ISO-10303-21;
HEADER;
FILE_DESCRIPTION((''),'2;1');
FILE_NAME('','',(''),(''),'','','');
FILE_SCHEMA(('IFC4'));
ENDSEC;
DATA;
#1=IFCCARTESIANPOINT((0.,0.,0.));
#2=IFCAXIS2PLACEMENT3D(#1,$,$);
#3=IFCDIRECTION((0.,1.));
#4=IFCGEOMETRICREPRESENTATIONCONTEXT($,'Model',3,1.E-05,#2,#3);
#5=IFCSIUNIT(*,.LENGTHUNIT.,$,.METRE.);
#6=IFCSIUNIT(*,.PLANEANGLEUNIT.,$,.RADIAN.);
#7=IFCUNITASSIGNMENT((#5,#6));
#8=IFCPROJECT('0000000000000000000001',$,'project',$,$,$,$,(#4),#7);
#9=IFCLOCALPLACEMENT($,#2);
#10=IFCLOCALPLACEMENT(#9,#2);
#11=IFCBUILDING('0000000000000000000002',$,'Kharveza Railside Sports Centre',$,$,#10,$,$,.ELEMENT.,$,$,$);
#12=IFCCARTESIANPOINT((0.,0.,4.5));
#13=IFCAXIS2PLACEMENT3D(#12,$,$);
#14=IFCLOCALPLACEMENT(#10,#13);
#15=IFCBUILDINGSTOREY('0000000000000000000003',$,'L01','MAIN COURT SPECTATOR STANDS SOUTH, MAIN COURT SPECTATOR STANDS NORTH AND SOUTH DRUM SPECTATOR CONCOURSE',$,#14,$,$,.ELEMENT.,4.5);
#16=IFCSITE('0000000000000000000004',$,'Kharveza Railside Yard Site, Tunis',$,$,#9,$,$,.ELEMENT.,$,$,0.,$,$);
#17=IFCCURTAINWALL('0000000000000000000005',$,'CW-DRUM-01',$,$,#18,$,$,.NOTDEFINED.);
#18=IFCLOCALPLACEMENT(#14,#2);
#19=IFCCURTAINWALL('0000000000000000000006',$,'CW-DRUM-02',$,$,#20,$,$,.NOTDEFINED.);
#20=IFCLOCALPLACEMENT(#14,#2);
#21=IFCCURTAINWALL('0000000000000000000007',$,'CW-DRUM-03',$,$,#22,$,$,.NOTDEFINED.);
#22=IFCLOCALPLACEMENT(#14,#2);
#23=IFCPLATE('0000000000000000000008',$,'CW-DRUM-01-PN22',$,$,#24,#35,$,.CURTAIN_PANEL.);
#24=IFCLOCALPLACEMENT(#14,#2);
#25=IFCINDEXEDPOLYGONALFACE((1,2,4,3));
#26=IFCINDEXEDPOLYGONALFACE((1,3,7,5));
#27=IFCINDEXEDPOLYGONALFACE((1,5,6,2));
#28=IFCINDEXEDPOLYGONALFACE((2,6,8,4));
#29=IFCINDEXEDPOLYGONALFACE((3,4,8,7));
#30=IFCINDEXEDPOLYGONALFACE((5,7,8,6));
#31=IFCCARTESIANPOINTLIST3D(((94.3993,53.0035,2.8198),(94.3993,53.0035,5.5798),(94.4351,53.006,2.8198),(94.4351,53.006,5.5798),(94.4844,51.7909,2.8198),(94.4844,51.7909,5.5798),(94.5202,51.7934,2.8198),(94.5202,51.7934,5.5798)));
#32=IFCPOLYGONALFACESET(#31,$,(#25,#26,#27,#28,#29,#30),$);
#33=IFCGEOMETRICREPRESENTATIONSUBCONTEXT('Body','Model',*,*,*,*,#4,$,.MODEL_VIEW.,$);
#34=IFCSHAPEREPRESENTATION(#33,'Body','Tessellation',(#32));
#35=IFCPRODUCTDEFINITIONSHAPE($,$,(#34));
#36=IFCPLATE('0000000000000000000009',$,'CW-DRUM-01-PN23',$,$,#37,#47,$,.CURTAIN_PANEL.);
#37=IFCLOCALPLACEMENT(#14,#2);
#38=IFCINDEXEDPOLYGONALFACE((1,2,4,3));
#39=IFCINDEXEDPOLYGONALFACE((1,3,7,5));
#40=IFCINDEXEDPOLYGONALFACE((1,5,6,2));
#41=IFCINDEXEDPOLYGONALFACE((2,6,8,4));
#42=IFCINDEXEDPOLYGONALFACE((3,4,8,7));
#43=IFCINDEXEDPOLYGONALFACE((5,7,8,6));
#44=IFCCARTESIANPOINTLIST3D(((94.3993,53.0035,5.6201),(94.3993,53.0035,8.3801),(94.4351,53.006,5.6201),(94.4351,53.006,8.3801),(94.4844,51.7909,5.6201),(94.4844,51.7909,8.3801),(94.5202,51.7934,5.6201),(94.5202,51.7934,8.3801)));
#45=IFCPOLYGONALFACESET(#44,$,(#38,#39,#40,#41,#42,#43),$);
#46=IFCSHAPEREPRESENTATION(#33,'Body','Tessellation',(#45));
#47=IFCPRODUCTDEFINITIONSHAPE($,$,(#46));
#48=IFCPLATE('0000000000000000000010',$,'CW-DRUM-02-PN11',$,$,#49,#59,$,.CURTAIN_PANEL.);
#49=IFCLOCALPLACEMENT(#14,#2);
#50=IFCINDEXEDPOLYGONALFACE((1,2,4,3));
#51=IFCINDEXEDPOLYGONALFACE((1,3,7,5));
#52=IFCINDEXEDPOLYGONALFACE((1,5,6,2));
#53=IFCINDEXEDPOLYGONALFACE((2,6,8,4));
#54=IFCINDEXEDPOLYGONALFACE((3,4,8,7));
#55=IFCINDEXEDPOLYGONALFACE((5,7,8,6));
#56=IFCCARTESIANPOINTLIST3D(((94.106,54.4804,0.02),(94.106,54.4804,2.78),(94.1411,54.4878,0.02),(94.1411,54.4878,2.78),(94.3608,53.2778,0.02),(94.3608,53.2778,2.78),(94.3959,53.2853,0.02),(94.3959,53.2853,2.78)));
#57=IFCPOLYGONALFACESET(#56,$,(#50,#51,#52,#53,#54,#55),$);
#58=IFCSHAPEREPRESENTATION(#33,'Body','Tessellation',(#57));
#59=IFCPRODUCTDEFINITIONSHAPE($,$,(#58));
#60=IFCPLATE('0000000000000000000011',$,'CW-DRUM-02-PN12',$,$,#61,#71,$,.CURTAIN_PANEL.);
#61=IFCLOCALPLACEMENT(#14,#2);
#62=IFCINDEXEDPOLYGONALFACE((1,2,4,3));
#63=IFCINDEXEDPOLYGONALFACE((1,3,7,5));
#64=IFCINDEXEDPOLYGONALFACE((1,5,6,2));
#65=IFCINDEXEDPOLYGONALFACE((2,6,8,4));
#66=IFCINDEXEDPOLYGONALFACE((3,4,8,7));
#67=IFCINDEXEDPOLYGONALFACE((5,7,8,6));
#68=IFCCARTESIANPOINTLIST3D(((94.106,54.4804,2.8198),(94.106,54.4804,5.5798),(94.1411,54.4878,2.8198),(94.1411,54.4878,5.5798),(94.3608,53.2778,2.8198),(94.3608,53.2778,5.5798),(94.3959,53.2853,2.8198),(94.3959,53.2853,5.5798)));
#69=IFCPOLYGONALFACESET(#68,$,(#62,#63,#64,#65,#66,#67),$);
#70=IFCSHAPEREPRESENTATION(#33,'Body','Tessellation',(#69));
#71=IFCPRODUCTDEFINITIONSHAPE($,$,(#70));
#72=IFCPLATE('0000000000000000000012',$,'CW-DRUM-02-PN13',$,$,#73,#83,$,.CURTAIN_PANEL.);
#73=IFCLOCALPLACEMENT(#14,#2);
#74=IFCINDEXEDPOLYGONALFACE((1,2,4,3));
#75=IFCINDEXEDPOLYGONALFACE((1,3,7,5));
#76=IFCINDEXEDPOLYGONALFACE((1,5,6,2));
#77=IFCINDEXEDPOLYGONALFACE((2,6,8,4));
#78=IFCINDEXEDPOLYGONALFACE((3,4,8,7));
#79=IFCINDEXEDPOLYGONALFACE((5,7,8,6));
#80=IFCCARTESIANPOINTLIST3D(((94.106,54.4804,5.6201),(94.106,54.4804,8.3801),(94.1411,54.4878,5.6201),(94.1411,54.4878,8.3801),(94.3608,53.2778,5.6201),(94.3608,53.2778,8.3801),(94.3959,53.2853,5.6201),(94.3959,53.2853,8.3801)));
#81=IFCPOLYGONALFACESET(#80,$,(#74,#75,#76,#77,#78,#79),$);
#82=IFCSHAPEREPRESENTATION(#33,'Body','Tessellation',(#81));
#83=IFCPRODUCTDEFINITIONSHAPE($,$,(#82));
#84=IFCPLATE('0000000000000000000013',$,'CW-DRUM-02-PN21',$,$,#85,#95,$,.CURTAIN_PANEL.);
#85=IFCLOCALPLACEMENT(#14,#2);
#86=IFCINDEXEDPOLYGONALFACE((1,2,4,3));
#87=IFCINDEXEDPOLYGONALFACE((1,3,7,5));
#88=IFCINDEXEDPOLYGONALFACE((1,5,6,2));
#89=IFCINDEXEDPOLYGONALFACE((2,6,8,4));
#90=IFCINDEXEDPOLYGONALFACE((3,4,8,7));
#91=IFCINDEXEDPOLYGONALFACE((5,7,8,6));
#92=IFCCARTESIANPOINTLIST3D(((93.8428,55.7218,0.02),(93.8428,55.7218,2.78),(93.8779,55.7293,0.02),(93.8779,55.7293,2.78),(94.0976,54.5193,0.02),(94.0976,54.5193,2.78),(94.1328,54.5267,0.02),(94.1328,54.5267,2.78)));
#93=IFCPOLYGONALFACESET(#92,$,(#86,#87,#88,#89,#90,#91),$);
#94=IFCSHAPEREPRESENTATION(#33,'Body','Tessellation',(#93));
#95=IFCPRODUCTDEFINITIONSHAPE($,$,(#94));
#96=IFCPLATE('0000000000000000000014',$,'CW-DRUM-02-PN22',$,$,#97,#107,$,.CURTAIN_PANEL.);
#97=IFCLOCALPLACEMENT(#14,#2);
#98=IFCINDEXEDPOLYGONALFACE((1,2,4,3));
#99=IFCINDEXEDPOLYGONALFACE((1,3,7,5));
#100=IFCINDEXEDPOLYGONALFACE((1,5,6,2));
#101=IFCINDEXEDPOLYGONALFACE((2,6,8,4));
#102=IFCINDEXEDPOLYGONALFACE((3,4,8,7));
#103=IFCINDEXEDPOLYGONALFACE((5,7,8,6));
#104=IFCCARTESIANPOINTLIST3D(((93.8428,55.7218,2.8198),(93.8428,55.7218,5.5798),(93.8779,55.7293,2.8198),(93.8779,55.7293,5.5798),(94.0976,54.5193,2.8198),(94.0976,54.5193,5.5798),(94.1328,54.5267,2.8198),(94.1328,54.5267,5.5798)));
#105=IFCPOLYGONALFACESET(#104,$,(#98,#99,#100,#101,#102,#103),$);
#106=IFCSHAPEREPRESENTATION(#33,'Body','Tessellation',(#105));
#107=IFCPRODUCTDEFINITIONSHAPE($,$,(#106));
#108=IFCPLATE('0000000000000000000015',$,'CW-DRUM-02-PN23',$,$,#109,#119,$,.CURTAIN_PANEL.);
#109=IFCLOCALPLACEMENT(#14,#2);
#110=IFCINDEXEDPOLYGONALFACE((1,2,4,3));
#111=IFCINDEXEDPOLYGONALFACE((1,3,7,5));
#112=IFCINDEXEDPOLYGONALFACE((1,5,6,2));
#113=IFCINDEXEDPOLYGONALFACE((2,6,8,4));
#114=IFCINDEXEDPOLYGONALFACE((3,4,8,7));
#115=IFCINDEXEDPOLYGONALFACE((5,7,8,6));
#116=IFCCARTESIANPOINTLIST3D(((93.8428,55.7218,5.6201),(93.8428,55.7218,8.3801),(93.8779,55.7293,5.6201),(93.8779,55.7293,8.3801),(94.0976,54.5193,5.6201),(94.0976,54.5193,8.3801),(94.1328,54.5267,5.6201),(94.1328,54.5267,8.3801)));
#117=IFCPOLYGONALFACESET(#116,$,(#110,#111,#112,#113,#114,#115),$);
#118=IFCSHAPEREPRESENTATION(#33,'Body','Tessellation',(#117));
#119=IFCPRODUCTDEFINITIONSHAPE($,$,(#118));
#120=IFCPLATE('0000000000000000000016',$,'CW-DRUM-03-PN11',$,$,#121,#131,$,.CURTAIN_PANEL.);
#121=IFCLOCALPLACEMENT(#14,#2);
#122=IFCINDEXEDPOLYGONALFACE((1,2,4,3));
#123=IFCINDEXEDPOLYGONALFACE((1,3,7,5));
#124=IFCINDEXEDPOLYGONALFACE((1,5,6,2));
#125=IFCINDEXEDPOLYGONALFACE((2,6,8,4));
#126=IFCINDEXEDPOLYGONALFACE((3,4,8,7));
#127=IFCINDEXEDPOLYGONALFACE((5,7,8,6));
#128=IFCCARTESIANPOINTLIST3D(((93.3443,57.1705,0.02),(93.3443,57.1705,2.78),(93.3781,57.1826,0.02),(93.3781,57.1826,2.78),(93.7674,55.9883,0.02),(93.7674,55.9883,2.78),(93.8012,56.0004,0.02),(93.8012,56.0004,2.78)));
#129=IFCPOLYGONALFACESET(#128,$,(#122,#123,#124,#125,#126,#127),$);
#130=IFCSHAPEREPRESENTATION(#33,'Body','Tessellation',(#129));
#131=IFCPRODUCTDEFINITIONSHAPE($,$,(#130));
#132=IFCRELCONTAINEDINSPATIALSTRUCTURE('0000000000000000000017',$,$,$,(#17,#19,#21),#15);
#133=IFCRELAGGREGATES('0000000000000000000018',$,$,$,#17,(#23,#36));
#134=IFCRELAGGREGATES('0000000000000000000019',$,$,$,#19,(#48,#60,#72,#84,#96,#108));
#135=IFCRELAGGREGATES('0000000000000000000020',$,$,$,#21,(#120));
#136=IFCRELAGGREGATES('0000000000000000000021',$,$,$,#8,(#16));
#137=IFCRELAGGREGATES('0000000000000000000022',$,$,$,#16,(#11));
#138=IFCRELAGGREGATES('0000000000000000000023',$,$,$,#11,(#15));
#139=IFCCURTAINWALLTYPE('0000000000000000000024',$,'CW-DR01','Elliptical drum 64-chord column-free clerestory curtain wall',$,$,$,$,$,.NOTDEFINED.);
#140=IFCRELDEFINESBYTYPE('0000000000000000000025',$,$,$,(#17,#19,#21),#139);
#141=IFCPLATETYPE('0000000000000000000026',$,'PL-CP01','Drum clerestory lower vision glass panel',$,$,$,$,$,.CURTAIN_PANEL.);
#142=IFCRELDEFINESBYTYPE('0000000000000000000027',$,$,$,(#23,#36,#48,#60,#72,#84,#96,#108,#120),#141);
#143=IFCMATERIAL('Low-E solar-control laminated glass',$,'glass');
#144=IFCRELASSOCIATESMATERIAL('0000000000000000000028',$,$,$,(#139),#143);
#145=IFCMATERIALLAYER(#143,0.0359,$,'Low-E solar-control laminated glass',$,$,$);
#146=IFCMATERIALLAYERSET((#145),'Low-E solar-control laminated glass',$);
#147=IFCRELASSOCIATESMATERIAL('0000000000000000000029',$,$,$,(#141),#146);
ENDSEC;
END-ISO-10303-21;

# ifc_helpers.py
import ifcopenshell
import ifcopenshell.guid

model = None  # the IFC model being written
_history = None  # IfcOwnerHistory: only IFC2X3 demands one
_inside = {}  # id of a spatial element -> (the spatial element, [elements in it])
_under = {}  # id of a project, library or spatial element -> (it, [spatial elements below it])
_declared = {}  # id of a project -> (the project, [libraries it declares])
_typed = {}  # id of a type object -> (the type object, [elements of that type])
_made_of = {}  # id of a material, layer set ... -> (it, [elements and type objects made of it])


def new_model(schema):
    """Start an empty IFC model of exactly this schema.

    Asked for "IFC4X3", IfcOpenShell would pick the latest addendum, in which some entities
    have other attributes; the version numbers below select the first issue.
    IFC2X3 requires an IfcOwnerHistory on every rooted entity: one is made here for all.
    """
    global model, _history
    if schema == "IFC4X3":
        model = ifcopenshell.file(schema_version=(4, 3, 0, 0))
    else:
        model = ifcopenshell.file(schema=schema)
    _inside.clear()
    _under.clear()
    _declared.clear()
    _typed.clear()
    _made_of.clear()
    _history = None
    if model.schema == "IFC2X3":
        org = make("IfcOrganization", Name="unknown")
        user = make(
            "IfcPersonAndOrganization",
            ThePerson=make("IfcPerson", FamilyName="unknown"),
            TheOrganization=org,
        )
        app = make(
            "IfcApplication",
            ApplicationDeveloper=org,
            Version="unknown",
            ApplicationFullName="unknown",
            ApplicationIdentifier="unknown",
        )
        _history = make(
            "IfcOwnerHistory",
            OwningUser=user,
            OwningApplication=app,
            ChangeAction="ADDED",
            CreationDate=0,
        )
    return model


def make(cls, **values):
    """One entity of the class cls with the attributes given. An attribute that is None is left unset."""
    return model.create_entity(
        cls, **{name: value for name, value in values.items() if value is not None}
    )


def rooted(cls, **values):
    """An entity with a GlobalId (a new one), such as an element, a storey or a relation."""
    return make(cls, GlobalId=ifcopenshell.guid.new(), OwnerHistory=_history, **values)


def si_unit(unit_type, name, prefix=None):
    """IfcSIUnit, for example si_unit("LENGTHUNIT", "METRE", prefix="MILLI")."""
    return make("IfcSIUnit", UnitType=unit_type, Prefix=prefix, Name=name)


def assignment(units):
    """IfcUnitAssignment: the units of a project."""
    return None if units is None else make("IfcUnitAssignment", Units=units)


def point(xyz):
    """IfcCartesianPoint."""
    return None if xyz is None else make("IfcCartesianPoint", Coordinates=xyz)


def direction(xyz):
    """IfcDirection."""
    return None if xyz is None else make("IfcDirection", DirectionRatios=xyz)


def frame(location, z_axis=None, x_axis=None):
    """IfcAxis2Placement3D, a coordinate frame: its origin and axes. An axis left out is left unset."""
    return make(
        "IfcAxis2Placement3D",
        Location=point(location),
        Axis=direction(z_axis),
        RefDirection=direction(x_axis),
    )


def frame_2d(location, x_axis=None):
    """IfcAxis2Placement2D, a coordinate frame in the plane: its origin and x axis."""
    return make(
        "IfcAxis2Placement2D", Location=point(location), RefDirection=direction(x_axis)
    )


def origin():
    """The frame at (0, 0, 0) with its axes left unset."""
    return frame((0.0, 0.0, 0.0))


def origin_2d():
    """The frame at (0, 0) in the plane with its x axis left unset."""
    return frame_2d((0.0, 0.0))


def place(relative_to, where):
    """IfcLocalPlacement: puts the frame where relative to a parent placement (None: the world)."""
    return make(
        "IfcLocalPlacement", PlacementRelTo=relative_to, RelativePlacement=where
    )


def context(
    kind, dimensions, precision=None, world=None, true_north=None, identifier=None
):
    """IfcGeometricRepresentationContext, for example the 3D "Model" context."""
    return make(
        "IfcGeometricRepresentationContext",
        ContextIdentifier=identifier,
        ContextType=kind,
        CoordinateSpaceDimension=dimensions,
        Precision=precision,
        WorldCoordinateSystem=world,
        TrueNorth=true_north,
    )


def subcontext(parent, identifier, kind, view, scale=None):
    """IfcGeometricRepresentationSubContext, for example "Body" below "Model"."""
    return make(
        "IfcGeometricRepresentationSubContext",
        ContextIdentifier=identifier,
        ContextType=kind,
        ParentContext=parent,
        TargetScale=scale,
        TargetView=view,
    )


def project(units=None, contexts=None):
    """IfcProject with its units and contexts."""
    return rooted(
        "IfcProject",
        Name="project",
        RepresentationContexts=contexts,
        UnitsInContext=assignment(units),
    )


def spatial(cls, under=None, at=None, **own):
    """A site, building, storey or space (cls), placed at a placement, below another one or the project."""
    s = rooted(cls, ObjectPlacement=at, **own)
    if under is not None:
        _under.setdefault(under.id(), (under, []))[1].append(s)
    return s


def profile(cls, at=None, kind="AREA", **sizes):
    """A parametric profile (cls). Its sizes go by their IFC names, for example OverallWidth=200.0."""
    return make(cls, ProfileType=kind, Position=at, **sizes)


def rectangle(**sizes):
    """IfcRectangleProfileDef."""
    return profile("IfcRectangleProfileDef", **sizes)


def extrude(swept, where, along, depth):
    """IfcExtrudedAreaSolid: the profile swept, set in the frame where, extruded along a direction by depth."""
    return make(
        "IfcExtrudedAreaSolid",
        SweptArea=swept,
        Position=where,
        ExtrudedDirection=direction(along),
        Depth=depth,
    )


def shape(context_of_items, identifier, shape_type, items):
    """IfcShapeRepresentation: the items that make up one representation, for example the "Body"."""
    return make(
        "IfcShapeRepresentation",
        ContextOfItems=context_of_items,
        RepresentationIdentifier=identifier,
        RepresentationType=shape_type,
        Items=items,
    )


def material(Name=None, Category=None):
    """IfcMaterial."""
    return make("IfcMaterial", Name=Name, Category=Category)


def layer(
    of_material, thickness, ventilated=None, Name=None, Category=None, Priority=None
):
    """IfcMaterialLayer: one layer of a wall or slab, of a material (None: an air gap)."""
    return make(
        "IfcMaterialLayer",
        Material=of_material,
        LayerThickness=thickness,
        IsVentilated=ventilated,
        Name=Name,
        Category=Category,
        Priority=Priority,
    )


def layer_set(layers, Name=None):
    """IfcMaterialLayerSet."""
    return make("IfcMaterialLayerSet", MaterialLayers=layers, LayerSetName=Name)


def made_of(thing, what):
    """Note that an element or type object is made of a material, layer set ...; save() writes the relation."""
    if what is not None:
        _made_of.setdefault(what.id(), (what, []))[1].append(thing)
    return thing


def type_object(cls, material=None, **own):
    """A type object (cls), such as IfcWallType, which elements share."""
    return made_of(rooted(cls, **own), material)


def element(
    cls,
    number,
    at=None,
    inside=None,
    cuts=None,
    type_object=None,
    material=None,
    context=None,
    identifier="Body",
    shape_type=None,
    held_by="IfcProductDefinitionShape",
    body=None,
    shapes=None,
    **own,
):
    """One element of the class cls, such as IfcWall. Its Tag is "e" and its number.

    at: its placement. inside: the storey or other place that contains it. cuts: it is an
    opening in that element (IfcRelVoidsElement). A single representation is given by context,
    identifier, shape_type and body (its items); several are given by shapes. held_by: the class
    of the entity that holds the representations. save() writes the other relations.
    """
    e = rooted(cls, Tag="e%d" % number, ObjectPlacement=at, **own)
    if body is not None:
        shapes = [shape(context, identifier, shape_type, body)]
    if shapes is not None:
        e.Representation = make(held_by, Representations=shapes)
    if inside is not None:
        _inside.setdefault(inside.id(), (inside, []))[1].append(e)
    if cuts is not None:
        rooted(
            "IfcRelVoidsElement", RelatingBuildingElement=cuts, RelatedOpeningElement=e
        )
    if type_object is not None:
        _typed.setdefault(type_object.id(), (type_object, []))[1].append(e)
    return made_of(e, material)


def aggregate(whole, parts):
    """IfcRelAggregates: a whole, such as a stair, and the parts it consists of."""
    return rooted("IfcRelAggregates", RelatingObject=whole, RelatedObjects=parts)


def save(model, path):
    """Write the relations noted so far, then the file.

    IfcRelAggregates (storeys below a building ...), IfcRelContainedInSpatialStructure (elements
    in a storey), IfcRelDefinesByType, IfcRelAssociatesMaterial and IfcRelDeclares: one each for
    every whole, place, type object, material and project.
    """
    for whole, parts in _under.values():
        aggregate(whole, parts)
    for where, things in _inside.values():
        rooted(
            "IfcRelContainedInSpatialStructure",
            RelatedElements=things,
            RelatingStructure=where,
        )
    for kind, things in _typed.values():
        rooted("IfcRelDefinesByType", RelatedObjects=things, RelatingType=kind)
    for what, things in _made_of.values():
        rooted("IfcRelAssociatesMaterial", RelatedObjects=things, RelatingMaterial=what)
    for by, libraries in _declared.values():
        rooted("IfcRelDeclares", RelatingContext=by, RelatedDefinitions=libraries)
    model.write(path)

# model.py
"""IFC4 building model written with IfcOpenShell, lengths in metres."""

from ifc_helpers import new_model, si_unit, direction, frame, origin, origin_2d, place, context, subcontext, project, spatial, rectangle, extrude, material, layer, layer_set, type_object, element, aggregate, save


model = new_model("IFC4")

# Units and contexts
model_context = context("Model", 3, precision=1e-05, world=origin(), true_north=direction((0.0, 1.0)))
body_context = subcontext(model_context, "Body", "Model", "MODEL_VIEW")
ifc_project = project(units=[si_unit("LENGTHUNIT", "METRE"), si_unit("PLANEANGLEUNIT", "RADIAN")], contexts=[model_context])

# Site, building, storey
site_placement = place(None, origin())
site = spatial("IfcSite", under=ifc_project, at=site_placement, Name="Kharveza Railside Yard Site, Tunis", CompositionType="ELEMENT", RefElevation=0.0)
building_placement = place(site_placement, origin())
building = spatial("IfcBuilding", under=site, at=building_placement, Name="Kharveza Railside Sports Centre", CompositionType="ELEMENT")
storey_placement = place(building_placement, frame((0.0, 0.0, 4.5)))
storey = spatial("IfcBuildingStorey", under=building, at=storey_placement, Name="L01", Description="MAIN COURT SPECTATOR STANDS SOUTH, MAIN COURT SPECTATOR STANDS NORTH AND SOUTH DRUM SPECTATOR CONCOURSE", CompositionType="ELEMENT", Elevation=4.5)

# Curtain walls
ifc_material_1 = material(Name="Low-E solar-control laminated glass", Category="glass")
curtain_wall_type = type_object("IfcCurtainWallType", Name="CW-DR01", Description="Elliptical drum 64-chord column-free clerestory curtain wall", PredefinedType="NOTDEFINED", material=ifc_material_1)
curtain_wall_1_placement = place(storey_placement, origin())
curtain_wall_1 = element("IfcCurtainWall", 1, at=curtain_wall_1_placement, inside=storey, type_object=curtain_wall_type, Name="CW-DRUM-01", PredefinedType="NOTDEFINED")
curtain_wall_2_placement = place(storey_placement, origin())
curtain_wall_2 = element("IfcCurtainWall", 2, at=curtain_wall_2_placement, inside=storey, type_object=curtain_wall_type, Name="CW-DRUM-02", PredefinedType="NOTDEFINED")

# Curtain wall
curtain_wall_3_placement = place(storey_placement, origin())
curtain_wall_3 = element("IfcCurtainWall", 3, at=curtain_wall_3_placement, inside=storey, type_object=curtain_wall_type, Name="CW-DRUM-03", PredefinedType="NOTDEFINED")

# Plates
ifc_layer = layer(ifc_material_1, 0.0359, Name="Low-E solar-control laminated glass")
ifc_layer_set = layer_set([ifc_layer], Name="Low-E solar-control laminated glass")
plate_type = type_object("IfcPlateType", Name="PL-CP01", Description="Drum clerestory lower vision glass panel", PredefinedType="CURTAIN_PANEL", material=ifc_layer_set)
plate_1_placement = place(storey_placement, frame((94.4597, 52.3984, 2.8198), z_axis=(0.0, 0.0, 1.0), x_axis=(-0.070018, 0.997546, 0.0)))
plate_1 = element("IfcPlate", 4, at=plate_1_placement, type_object=plate_type, Name="CW-DRUM-01-PN22", PredefinedType="CURTAIN_PANEL", context=body_context, shape_type="SweptSolid", body=[
    extrude(rectangle(XDim=1.2156, YDim=0.0359, at=origin_2d()), origin(), (0.0, 0.0, 1.0), 2.76),
])
plate_2_placement = place(storey_placement, frame((94.4597, 52.3984, 5.6201), z_axis=(0.0, 0.0, 1.0), x_axis=(-0.070018, 0.997546, 0.0)))
plate_2 = element("IfcPlate", 5, at=plate_2_placement, type_object=plate_type, Name="CW-DRUM-01-PN23", PredefinedType="CURTAIN_PANEL", context=body_context, shape_type="SweptSolid", body=[
    extrude(rectangle(XDim=1.2156, YDim=0.0359, at=origin_2d()), origin(), (0.0, 0.0, 1.0), 2.76),
])
aggregate(curtain_wall_1, [plate_1, plate_2])
plate_3_placement = place(storey_placement, frame((94.251, 53.8828, 0.02), z_axis=(0.0, 0.0, 1.0), x_axis=(-0.207297, 0.978278, 0.0)))
plate_3 = element("IfcPlate", 6, at=plate_3_placement, type_object=plate_type, Name="CW-DRUM-02-PN11", PredefinedType="CURTAIN_PANEL", context=body_context, shape_type="SweptSolid", body=[
    extrude(rectangle(XDim=1.2292, YDim=0.0359, at=origin_2d()), origin(), (0.0, 0.0, 1.0), 2.76),
])
plate_4_placement = place(storey_placement, frame((94.251, 53.8828, 2.8198), z_axis=(0.0, 0.0, 1.0), x_axis=(-0.207297, 0.978278, 0.0)))
plate_4 = element("IfcPlate", 7, at=plate_4_placement, type_object=plate_type, Name="CW-DRUM-02-PN12", PredefinedType="CURTAIN_PANEL", context=body_context, shape_type="SweptSolid", body=[
    extrude(rectangle(XDim=1.2292, YDim=0.0359, at=origin_2d()), origin(), (0.0, 0.0, 1.0), 2.76),
])
plate_5_placement = place(storey_placement, frame((94.251, 53.8828, 5.6201), z_axis=(0.0, 0.0, 1.0), x_axis=(-0.207297, 0.978278, 0.0)))
plate_5 = element("IfcPlate", 8, at=plate_5_placement, type_object=plate_type, Name="CW-DRUM-02-PN13", PredefinedType="CURTAIN_PANEL", context=body_context, shape_type="SweptSolid", body=[
    extrude(rectangle(XDim=1.2292, YDim=0.0359, at=origin_2d()), origin(), (0.0, 0.0, 1.0), 2.76),
])
plate_6_placement = place(storey_placement, frame((93.9878, 55.1243, 0.02), z_axis=(0.0, 0.0, 1.0), x_axis=(-0.207297, 0.978278, 0.0)))
plate_6 = element("IfcPlate", 9, at=plate_6_placement, type_object=plate_type, Name="CW-DRUM-02-PN21", PredefinedType="CURTAIN_PANEL", context=body_context, shape_type="SweptSolid", body=[
    extrude(rectangle(XDim=1.2292, YDim=0.0359, at=origin_2d()), origin(), (0.0, 0.0, 1.0), 2.76),
])
plate_7_placement = place(storey_placement, frame((93.9878, 55.1243, 2.8198), z_axis=(0.0, 0.0, 1.0), x_axis=(-0.207297, 0.978278, 0.0)))
plate_7 = element("IfcPlate", 10, at=plate_7_placement, type_object=plate_type, Name="CW-DRUM-02-PN22", PredefinedType="CURTAIN_PANEL", context=body_context, shape_type="SweptSolid", body=[
    extrude(rectangle(XDim=1.2292, YDim=0.0359, at=origin_2d()), origin(), (0.0, 0.0, 1.0), 2.76),
])
plate_8_placement = place(storey_placement, frame((93.9878, 55.1243, 5.6201), z_axis=(0.0, 0.0, 1.0), x_axis=(-0.207297, 0.978278, 0.0)))
plate_8 = element("IfcPlate", 11, at=plate_8_placement, type_object=plate_type, Name="CW-DRUM-02-PN23", PredefinedType="CURTAIN_PANEL", context=body_context, shape_type="SweptSolid", body=[
    extrude(rectangle(XDim=1.2292, YDim=0.0359, at=origin_2d()), origin(), (0.0, 0.0, 1.0), 2.76),
])
aggregate(curtain_wall_2, [plate_3, plate_4, plate_5, plate_6, plate_7, plate_8])
plate_9_placement = place(storey_placement, frame((93.5728, 56.5854, 0.02), z_axis=(0.0, 0.0, 1.0), x_axis=(-0.336915, 0.941535, 0.0)))
plate_9 = element("IfcPlate", 12, at=plate_9_placement, type_object=plate_type, Name="CW-DRUM-03-PN11", PredefinedType="CURTAIN_PANEL", context=body_context, shape_type="SweptSolid", body=[
    extrude(rectangle(XDim=1.2556, YDim=0.0359, at=origin_2d()), origin(), (0.0, 0.0, 1.0), 2.76),
])
aggregate(curtain_wall_3, [plate_9])

save(model, "model.ifc")
